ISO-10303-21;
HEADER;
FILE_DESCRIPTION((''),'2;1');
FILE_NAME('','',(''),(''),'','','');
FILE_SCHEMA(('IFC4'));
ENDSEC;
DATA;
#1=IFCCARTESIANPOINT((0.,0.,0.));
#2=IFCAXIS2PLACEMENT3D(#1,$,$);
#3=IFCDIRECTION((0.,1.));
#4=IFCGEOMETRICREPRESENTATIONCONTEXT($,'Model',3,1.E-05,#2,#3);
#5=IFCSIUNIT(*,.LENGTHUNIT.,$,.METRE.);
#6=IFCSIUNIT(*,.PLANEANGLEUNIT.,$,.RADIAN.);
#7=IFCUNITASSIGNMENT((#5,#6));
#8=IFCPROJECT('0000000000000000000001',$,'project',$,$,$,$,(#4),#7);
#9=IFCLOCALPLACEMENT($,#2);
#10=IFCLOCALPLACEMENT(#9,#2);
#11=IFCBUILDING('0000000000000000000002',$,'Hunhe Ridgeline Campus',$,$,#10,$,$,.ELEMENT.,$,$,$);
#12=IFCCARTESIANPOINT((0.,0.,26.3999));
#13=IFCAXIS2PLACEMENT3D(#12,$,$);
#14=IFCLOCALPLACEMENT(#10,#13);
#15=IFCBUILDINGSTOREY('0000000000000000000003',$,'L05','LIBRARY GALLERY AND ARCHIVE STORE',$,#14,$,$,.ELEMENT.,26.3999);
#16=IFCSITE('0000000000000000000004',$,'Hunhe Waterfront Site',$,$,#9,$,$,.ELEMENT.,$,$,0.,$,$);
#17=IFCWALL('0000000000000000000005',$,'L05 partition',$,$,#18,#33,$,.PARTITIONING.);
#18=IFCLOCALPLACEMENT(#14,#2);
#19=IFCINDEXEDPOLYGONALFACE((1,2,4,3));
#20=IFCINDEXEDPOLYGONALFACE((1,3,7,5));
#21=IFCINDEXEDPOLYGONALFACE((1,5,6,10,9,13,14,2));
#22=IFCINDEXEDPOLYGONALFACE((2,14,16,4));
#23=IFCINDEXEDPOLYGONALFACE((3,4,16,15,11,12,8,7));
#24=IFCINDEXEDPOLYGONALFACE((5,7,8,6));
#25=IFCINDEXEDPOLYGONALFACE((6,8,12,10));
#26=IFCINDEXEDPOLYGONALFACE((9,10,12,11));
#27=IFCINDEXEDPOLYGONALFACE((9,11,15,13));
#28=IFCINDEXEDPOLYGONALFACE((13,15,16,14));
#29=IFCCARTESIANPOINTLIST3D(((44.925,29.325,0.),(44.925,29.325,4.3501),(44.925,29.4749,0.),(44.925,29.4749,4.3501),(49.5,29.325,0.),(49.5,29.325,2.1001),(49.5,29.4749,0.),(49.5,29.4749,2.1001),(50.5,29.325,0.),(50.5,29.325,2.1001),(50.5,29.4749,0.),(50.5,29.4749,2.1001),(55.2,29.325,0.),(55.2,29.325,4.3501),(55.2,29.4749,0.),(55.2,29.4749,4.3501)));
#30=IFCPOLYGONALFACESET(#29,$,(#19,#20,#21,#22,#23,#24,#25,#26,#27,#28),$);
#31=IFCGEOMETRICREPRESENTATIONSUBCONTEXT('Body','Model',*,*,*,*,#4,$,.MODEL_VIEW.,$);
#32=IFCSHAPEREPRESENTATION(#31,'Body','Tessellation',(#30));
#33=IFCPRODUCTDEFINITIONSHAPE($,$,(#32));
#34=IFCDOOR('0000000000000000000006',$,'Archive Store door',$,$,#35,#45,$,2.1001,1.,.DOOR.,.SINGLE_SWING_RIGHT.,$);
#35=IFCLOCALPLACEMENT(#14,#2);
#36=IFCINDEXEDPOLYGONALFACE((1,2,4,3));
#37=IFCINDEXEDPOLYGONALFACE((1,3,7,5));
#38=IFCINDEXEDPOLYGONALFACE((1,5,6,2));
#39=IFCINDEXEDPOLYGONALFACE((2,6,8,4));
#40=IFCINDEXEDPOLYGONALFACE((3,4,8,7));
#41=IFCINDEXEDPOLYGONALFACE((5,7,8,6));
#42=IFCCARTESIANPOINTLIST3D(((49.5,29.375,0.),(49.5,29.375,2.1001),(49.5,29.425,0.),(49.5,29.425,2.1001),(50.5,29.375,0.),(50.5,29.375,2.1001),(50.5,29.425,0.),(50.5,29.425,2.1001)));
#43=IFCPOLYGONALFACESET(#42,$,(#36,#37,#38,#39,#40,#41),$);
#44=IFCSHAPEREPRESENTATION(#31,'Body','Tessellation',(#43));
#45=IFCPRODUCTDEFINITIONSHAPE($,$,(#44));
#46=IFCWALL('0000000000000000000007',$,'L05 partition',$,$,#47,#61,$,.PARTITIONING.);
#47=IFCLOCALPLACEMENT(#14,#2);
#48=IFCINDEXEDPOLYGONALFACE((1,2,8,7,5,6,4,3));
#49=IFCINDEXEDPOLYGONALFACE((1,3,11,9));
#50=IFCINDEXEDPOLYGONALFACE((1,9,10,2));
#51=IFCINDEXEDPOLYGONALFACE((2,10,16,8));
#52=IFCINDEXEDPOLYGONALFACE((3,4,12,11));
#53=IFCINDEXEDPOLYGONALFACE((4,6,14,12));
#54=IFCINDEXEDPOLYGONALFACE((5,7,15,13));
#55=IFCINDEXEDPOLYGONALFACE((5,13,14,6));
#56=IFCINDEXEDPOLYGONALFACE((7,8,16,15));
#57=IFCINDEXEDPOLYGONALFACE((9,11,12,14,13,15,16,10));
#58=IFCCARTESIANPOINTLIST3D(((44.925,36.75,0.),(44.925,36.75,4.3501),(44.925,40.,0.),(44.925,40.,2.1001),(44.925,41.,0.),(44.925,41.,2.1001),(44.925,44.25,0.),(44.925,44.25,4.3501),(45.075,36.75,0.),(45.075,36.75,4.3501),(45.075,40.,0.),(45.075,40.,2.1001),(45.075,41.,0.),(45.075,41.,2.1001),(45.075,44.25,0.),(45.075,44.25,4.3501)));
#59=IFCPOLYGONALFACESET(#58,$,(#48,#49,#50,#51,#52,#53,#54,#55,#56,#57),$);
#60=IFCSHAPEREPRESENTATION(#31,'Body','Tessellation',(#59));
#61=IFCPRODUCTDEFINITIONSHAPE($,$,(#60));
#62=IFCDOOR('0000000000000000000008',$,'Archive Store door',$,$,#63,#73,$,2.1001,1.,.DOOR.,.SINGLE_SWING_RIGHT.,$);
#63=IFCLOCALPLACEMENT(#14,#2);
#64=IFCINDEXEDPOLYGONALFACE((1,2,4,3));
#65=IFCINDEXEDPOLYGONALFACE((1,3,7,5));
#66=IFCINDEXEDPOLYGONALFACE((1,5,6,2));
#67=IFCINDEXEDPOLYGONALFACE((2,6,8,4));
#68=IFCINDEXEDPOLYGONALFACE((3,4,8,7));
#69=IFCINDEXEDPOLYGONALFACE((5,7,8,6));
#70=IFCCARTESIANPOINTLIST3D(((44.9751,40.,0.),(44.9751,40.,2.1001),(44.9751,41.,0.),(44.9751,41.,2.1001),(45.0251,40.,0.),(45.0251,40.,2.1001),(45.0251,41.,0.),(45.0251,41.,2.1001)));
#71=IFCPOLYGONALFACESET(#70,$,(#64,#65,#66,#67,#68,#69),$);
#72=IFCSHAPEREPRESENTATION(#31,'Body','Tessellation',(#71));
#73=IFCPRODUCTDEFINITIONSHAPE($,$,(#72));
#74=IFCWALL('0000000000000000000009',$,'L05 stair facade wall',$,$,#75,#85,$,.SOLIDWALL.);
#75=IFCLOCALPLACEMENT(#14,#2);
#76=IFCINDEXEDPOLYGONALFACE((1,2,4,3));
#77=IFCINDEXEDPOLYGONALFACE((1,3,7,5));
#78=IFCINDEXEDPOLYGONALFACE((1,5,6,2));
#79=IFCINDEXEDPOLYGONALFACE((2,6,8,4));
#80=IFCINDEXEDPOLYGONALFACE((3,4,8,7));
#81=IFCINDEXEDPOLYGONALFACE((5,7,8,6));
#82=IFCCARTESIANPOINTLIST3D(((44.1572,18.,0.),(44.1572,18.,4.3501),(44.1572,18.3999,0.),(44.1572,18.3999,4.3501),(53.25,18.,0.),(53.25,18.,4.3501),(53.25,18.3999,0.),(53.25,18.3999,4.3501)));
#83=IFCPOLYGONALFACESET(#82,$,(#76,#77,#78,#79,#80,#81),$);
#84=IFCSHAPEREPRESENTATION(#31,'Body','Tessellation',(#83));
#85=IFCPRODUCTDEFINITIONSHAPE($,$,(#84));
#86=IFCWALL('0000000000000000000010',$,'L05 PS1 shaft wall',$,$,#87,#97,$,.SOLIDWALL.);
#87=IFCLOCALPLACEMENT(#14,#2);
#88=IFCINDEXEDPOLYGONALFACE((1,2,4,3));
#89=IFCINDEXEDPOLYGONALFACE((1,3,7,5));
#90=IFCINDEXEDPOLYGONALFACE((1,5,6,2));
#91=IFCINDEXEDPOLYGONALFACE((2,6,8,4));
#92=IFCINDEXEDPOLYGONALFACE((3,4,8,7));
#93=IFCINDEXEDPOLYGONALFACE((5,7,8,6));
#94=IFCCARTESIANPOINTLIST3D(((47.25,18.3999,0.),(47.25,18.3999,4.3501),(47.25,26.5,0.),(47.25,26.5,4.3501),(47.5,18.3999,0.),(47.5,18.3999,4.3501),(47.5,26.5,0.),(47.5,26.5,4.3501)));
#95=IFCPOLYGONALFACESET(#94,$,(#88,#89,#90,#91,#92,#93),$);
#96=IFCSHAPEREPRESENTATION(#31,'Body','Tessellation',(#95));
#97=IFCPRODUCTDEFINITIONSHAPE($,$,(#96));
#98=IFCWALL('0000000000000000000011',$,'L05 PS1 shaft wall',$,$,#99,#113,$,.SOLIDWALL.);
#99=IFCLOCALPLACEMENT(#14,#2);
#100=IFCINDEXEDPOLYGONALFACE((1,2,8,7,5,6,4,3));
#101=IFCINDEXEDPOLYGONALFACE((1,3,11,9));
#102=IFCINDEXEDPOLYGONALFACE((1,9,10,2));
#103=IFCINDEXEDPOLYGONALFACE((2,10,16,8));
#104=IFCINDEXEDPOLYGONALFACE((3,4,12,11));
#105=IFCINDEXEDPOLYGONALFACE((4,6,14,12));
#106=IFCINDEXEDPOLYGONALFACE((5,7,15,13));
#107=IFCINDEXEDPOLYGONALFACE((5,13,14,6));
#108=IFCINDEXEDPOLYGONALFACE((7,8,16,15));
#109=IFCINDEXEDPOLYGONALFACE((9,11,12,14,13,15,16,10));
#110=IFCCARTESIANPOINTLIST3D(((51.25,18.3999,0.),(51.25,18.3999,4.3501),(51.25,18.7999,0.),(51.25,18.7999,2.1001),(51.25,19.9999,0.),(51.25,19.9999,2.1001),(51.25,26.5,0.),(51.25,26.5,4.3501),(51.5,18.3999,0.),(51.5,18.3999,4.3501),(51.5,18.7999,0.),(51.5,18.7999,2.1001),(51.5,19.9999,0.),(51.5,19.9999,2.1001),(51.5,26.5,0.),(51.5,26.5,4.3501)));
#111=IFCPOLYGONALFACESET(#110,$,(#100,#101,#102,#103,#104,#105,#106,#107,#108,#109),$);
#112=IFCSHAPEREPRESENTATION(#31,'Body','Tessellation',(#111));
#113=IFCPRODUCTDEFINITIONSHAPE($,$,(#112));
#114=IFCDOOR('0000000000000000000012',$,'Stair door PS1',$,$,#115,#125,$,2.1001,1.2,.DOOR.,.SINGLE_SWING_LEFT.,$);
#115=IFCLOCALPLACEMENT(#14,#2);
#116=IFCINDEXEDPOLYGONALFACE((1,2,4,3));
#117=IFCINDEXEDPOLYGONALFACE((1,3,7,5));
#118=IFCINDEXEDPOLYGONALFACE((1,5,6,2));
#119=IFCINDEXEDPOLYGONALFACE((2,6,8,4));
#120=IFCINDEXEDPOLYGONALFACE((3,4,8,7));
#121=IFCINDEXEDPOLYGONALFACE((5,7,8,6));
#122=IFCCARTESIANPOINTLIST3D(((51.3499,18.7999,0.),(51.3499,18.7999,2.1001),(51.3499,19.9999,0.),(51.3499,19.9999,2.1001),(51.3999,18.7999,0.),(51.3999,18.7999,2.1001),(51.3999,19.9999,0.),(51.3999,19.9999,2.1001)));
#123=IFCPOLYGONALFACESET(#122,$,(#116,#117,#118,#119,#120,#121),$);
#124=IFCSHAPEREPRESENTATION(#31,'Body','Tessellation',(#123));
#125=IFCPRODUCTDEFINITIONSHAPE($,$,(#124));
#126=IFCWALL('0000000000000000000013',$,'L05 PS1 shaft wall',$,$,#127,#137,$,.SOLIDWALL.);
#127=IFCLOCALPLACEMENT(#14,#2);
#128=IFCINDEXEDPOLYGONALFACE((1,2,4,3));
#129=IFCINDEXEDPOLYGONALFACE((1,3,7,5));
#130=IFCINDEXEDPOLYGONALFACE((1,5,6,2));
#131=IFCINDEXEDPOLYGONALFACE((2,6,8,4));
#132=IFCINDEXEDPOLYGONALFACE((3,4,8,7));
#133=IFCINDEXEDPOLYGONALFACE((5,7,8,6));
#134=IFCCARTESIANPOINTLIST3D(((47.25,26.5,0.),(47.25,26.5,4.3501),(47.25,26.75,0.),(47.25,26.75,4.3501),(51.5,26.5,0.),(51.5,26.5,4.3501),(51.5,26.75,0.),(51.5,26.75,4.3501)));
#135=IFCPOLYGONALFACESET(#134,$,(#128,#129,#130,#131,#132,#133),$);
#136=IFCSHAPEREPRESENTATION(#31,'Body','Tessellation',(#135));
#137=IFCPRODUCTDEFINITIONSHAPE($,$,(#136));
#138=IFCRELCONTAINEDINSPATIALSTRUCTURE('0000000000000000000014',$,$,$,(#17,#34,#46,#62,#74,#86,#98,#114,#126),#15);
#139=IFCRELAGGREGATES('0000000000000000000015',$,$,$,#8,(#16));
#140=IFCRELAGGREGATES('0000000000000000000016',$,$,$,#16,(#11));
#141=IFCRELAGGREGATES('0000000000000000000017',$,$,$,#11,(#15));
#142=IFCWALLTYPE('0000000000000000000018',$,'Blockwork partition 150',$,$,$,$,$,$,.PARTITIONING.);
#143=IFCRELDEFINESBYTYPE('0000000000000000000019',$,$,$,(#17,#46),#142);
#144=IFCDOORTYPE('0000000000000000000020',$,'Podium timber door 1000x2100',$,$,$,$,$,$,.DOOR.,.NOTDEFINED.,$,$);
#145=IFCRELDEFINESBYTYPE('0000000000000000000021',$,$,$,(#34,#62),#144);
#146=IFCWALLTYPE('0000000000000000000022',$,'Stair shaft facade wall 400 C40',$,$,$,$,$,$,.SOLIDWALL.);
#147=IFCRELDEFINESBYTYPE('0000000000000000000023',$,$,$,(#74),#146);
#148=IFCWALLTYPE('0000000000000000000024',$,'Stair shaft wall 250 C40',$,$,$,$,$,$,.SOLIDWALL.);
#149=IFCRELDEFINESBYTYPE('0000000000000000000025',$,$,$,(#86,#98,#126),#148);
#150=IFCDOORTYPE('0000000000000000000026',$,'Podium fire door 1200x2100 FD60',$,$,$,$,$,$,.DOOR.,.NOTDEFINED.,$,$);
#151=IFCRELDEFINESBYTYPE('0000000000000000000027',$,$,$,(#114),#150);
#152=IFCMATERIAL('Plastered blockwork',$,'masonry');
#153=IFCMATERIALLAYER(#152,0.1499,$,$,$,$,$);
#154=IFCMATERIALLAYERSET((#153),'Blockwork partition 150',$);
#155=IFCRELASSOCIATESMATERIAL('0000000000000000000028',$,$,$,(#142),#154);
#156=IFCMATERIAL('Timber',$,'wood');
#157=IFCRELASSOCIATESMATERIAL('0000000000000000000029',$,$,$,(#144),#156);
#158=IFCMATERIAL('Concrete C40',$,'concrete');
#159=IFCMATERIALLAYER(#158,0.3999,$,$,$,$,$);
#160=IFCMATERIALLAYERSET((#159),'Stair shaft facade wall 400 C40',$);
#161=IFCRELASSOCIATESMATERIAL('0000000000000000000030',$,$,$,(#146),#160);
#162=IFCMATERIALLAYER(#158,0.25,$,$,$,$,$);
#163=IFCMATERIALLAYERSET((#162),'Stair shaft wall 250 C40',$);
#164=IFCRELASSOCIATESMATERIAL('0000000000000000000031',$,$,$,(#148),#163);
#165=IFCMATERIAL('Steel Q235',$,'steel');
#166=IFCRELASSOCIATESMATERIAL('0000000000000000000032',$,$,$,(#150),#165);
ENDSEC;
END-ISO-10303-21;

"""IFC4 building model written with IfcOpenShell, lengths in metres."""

from ifc_helpers import new_model, si_unit, direction, frame, frame_2d, origin, place, context, subcontext, project, spatial, rectangle, extrude, material, layer, layer_set, type_object, element, fill, save


model = new_model("IFC4")

# Units and contexts
model_context = context("Model", 3, precision=1e-05, world=origin(), true_north=direction((0.0, 1.0)))
body_context = subcontext(model_context, "Body", "Model", "MODEL_VIEW")
ifc_project = project(units=[si_unit("LENGTHUNIT", "METRE"), si_unit("PLANEANGLEUNIT", "RADIAN")], contexts=[model_context])

# Site, building, storey
site_placement = place(None, origin())
site = spatial("IfcSite", under=ifc_project, at=site_placement, Name="Hunhe Waterfront Site", CompositionType="ELEMENT", RefElevation=0.0)
building_placement = place(site_placement, origin())
building = spatial("IfcBuilding", under=site, at=building_placement, Name="Hunhe Ridgeline Campus", CompositionType="ELEMENT")
storey_placement = place(building_placement, frame((0.0, 0.0, 26.3999)))
storey = spatial("IfcBuildingStorey", under=building, at=storey_placement, Name="L05", Description="LIBRARY GALLERY AND ARCHIVE STORE", CompositionType="ELEMENT", Elevation=26.3999)

# Walls, openings, doors
ifc_material_1 = material(Name="Plastered blockwork", Category="masonry")
ifc_layer_1 = layer(ifc_material_1, 0.1499)
ifc_layer_set_1 = layer_set([ifc_layer_1], Name="Blockwork partition 150")
wall_type_1 = type_object("IfcWallType", Name="Blockwork partition 150", PredefinedType="PARTITIONING", material=ifc_layer_set_1)
wall_1_placement = place(storey_placement, frame((55.2, 29.3999, 0.0), z_axis=(0.0, 0.0, 1.0), x_axis=(-1.0, 0.0, 0.0)))
wall_1 = element("IfcWall", 1, at=wall_1_placement, inside=storey, type_object=wall_type_1, Name="L05 partition", PredefinedType="PARTITIONING", context=body_context, shape_type="SweptSolid", body=[
    extrude(rectangle(XDim=10.2749, YDim=0.1499, at=frame_2d((5.1375, 0.0))), origin(), (0.0, 0.0, 1.0), 4.3501),
])
opening_1_placement = place(wall_1_placement, frame((4.7, 0.0, 0.0)))
opening_1 = element("IfcOpeningElement", 2, at=opening_1_placement, cuts=wall_1, PredefinedType="OPENING", context=body_context, shape_type="SweptSolid", body=[
    extrude(rectangle(XDim=1.0, YDim=2.1001, at=frame_2d((0.5, 1.05))), frame((0.0, 0.075, 0.0), z_axis=(0.0, -1.0, 0.0), x_axis=(1.0, 0.0, 0.0)), (0.0, 0.0, 1.0), 0.1499),
])
ifc_material_2 = material(Name="Timber", Category="wood")
door_type_1 = type_object("IfcDoorType", Name="Podium timber door 1000x2100", OperationType="NOTDEFINED", PredefinedType="DOOR", material=ifc_material_2)
door_1_placement = place(opening_1_placement, origin())
door_1 = element("IfcDoor", 3, at=door_1_placement, inside=storey, type_object=door_type_1, Name="Archive Store door", OperationType="SINGLE_SWING_RIGHT", OverallHeight=2.1001, OverallWidth=1.0, PredefinedType="DOOR", context=body_context, shape_type="SweptSolid", body=[
    extrude(rectangle(XDim=1.0, YDim=2.1001, at=frame_2d((0.5, 1.05))), frame((0.0, 0.0249, 0.0), z_axis=(0.0, -1.0, 0.0), x_axis=(1.0, 0.0, 0.0)), (0.0, 0.0, 1.0), 0.05),
])
fill(opening_1, door_1)
wall_2_placement = place(storey_placement, frame((45.0, 36.75, 0.0), z_axis=(0.0, 0.0, 1.0), x_axis=(0.0, 1.0, 0.0)))
wall_2 = element("IfcWall", 4, at=wall_2_placement, inside=storey, type_object=wall_type_1, Name="L05 partition", PredefinedType="PARTITIONING", context=body_context, shape_type="SweptSolid", body=[
    extrude(rectangle(XDim=7.5, YDim=0.1499, at=frame_2d((3.75, 0.0))), origin(), (0.0, 0.0, 1.0), 4.3501),
])
opening_2_placement = place(wall_2_placement, frame((3.25, 0.0, 0.0)))
opening_2 = element("IfcOpeningElement", 5, at=opening_2_placement, cuts=wall_2, PredefinedType="OPENING", context=body_context, shape_type="SweptSolid", body=[
    extrude(rectangle(XDim=1.0, YDim=2.1001, at=frame_2d((0.5, 1.05))), frame((0.0, 0.075, 0.0), z_axis=(0.0, -1.0, 0.0), x_axis=(1.0, 0.0, 0.0)), (0.0, 0.0, 1.0), 0.1499),
])
door_2_placement = place(opening_2_placement, origin())
door_2 = element("IfcDoor", 6, at=door_2_placement, inside=storey, type_object=door_type_1, Name="Archive Store door", OperationType="SINGLE_SWING_RIGHT", OverallHeight=2.1001, OverallWidth=1.0, PredefinedType="DOOR", context=body_context, shape_type="SweptSolid", body=[
    extrude(rectangle(XDim=1.0, YDim=2.1001, at=frame_2d((0.5, 1.05))), frame((0.0, 0.0249, 0.0), z_axis=(0.0, -1.0, 0.0), x_axis=(1.0, 0.0, 0.0)), (0.0, 0.0, 1.0), 0.05),
])
fill(opening_2, door_2)

# Walls
ifc_material_3 = material(Name="Concrete C40", Category="concrete")
ifc_layer_2 = layer(ifc_material_3, 0.3999)
ifc_layer_set_2 = layer_set([ifc_layer_2], Name="Stair shaft facade wall 400 C40")
wall_type_2 = type_object("IfcWallType", Name="Stair shaft facade wall 400 C40", PredefinedType="SOLIDWALL", material=ifc_layer_set_2)
wall_3_placement = place(storey_placement, frame((53.25, 18.2, 0.0), z_axis=(0.0, 0.0, 1.0), x_axis=(-1.0, 0.0, 0.0)))
element("IfcWall", 7, at=wall_3_placement, inside=storey, type_object=wall_type_2, Name="L05 stair facade wall", PredefinedType="SOLIDWALL", context=body_context, shape_type="SweptSolid", body=[
    extrude(rectangle(XDim=9.0928, YDim=0.3999, at=frame_2d((4.5464, 0.0))), origin(), (0.0, 0.0, 1.0), 4.3501),
])
ifc_layer_3 = layer(ifc_material_3, 0.25)
ifc_layer_set_3 = layer_set([ifc_layer_3], Name="Stair shaft wall 250 C40")
wall_type_3 = type_object("IfcWallType", Name="Stair shaft wall 250 C40", PredefinedType="SOLIDWALL", material=ifc_layer_set_3)
wall_4_placement = place(storey_placement, frame((47.375, 18.3999, 0.0), z_axis=(0.0, 0.0, 1.0), x_axis=(0.0, 1.0, 0.0)))
element("IfcWall", 8, at=wall_4_placement, inside=storey, type_object=wall_type_3, Name="L05 PS1 shaft wall", PredefinedType="SOLIDWALL", context=body_context, shape_type="SweptSolid", body=[
    extrude(rectangle(XDim=8.1001, YDim=0.25, at=frame_2d((4.05, 0.0))), origin(), (0.0, 0.0, 1.0), 4.3501),
])

# Wall, opening, door
wall_5_placement = place(storey_placement, frame((51.375, 26.5, 0.0), z_axis=(0.0, 0.0, 1.0), x_axis=(0.0, -1.0, 0.0)))
wall_5 = element("IfcWall", 9, at=wall_5_placement, inside=storey, type_object=wall_type_3, Name="L05 PS1 shaft wall", PredefinedType="SOLIDWALL", context=body_context, shape_type="SweptSolid", body=[
    extrude(rectangle(XDim=8.1001, YDim=0.25, at=frame_2d((4.05, 0.0))), origin(), (0.0, 0.0, 1.0), 4.3501),
])
opening_3_placement = place(wall_5_placement, frame((6.5, 0.0, 0.0)))
opening_3 = element("IfcOpeningElement", 10, at=opening_3_placement, cuts=wall_5, PredefinedType="OPENING", context=body_context, shape_type="SweptSolid", body=[
    extrude(rectangle(XDim=1.2, YDim=2.1001, at=frame_2d((0.6001, 1.05))), frame((0.0, 0.125, 0.0), z_axis=(0.0, -1.0, 0.0), x_axis=(1.0, 0.0, 0.0)), (0.0, 0.0, 1.0), 0.25),
])
ifc_material_4 = material(Name="Steel Q235", Category="steel")
door_type_2 = type_object("IfcDoorType", Name="Podium fire door 1200x2100 FD60", OperationType="NOTDEFINED", PredefinedType="DOOR", material=ifc_material_4)
door_3_placement = place(opening_3_placement, origin())
door_3 = element("IfcDoor", 11, at=door_3_placement, inside=storey, type_object=door_type_2, Name="Stair door PS1", OperationType="SINGLE_SWING_LEFT", OverallHeight=2.1001, OverallWidth=1.2, PredefinedType="DOOR", context=body_context, shape_type="SweptSolid", body=[
    extrude(rectangle(XDim=1.2, YDim=2.1001, at=frame_2d((0.6001, 1.05))), frame((0.0, 0.0249, 0.0), z_axis=(0.0, -1.0, 0.0), x_axis=(1.0, 0.0, 0.0)), (0.0, 0.0, 1.0), 0.05),
])
fill(opening_3, door_3)

# Wall
wall_6_placement = place(storey_placement, frame((47.25, 26.625, 0.0), z_axis=(0.0, 0.0, 1.0), x_axis=(1.0, 0.0, 0.0)))
element("IfcWall", 12, at=wall_6_placement, inside=storey, type_object=wall_type_3, Name="L05 PS1 shaft wall", PredefinedType="SOLIDWALL", context=body_context, shape_type="SweptSolid", body=[
    extrude(rectangle(XDim=4.25, YDim=0.25, at=frame_2d((2.125, 0.0))), origin(), (0.0, 0.0, 1.0), 4.3501),
])

save(model, "model.ifc")
